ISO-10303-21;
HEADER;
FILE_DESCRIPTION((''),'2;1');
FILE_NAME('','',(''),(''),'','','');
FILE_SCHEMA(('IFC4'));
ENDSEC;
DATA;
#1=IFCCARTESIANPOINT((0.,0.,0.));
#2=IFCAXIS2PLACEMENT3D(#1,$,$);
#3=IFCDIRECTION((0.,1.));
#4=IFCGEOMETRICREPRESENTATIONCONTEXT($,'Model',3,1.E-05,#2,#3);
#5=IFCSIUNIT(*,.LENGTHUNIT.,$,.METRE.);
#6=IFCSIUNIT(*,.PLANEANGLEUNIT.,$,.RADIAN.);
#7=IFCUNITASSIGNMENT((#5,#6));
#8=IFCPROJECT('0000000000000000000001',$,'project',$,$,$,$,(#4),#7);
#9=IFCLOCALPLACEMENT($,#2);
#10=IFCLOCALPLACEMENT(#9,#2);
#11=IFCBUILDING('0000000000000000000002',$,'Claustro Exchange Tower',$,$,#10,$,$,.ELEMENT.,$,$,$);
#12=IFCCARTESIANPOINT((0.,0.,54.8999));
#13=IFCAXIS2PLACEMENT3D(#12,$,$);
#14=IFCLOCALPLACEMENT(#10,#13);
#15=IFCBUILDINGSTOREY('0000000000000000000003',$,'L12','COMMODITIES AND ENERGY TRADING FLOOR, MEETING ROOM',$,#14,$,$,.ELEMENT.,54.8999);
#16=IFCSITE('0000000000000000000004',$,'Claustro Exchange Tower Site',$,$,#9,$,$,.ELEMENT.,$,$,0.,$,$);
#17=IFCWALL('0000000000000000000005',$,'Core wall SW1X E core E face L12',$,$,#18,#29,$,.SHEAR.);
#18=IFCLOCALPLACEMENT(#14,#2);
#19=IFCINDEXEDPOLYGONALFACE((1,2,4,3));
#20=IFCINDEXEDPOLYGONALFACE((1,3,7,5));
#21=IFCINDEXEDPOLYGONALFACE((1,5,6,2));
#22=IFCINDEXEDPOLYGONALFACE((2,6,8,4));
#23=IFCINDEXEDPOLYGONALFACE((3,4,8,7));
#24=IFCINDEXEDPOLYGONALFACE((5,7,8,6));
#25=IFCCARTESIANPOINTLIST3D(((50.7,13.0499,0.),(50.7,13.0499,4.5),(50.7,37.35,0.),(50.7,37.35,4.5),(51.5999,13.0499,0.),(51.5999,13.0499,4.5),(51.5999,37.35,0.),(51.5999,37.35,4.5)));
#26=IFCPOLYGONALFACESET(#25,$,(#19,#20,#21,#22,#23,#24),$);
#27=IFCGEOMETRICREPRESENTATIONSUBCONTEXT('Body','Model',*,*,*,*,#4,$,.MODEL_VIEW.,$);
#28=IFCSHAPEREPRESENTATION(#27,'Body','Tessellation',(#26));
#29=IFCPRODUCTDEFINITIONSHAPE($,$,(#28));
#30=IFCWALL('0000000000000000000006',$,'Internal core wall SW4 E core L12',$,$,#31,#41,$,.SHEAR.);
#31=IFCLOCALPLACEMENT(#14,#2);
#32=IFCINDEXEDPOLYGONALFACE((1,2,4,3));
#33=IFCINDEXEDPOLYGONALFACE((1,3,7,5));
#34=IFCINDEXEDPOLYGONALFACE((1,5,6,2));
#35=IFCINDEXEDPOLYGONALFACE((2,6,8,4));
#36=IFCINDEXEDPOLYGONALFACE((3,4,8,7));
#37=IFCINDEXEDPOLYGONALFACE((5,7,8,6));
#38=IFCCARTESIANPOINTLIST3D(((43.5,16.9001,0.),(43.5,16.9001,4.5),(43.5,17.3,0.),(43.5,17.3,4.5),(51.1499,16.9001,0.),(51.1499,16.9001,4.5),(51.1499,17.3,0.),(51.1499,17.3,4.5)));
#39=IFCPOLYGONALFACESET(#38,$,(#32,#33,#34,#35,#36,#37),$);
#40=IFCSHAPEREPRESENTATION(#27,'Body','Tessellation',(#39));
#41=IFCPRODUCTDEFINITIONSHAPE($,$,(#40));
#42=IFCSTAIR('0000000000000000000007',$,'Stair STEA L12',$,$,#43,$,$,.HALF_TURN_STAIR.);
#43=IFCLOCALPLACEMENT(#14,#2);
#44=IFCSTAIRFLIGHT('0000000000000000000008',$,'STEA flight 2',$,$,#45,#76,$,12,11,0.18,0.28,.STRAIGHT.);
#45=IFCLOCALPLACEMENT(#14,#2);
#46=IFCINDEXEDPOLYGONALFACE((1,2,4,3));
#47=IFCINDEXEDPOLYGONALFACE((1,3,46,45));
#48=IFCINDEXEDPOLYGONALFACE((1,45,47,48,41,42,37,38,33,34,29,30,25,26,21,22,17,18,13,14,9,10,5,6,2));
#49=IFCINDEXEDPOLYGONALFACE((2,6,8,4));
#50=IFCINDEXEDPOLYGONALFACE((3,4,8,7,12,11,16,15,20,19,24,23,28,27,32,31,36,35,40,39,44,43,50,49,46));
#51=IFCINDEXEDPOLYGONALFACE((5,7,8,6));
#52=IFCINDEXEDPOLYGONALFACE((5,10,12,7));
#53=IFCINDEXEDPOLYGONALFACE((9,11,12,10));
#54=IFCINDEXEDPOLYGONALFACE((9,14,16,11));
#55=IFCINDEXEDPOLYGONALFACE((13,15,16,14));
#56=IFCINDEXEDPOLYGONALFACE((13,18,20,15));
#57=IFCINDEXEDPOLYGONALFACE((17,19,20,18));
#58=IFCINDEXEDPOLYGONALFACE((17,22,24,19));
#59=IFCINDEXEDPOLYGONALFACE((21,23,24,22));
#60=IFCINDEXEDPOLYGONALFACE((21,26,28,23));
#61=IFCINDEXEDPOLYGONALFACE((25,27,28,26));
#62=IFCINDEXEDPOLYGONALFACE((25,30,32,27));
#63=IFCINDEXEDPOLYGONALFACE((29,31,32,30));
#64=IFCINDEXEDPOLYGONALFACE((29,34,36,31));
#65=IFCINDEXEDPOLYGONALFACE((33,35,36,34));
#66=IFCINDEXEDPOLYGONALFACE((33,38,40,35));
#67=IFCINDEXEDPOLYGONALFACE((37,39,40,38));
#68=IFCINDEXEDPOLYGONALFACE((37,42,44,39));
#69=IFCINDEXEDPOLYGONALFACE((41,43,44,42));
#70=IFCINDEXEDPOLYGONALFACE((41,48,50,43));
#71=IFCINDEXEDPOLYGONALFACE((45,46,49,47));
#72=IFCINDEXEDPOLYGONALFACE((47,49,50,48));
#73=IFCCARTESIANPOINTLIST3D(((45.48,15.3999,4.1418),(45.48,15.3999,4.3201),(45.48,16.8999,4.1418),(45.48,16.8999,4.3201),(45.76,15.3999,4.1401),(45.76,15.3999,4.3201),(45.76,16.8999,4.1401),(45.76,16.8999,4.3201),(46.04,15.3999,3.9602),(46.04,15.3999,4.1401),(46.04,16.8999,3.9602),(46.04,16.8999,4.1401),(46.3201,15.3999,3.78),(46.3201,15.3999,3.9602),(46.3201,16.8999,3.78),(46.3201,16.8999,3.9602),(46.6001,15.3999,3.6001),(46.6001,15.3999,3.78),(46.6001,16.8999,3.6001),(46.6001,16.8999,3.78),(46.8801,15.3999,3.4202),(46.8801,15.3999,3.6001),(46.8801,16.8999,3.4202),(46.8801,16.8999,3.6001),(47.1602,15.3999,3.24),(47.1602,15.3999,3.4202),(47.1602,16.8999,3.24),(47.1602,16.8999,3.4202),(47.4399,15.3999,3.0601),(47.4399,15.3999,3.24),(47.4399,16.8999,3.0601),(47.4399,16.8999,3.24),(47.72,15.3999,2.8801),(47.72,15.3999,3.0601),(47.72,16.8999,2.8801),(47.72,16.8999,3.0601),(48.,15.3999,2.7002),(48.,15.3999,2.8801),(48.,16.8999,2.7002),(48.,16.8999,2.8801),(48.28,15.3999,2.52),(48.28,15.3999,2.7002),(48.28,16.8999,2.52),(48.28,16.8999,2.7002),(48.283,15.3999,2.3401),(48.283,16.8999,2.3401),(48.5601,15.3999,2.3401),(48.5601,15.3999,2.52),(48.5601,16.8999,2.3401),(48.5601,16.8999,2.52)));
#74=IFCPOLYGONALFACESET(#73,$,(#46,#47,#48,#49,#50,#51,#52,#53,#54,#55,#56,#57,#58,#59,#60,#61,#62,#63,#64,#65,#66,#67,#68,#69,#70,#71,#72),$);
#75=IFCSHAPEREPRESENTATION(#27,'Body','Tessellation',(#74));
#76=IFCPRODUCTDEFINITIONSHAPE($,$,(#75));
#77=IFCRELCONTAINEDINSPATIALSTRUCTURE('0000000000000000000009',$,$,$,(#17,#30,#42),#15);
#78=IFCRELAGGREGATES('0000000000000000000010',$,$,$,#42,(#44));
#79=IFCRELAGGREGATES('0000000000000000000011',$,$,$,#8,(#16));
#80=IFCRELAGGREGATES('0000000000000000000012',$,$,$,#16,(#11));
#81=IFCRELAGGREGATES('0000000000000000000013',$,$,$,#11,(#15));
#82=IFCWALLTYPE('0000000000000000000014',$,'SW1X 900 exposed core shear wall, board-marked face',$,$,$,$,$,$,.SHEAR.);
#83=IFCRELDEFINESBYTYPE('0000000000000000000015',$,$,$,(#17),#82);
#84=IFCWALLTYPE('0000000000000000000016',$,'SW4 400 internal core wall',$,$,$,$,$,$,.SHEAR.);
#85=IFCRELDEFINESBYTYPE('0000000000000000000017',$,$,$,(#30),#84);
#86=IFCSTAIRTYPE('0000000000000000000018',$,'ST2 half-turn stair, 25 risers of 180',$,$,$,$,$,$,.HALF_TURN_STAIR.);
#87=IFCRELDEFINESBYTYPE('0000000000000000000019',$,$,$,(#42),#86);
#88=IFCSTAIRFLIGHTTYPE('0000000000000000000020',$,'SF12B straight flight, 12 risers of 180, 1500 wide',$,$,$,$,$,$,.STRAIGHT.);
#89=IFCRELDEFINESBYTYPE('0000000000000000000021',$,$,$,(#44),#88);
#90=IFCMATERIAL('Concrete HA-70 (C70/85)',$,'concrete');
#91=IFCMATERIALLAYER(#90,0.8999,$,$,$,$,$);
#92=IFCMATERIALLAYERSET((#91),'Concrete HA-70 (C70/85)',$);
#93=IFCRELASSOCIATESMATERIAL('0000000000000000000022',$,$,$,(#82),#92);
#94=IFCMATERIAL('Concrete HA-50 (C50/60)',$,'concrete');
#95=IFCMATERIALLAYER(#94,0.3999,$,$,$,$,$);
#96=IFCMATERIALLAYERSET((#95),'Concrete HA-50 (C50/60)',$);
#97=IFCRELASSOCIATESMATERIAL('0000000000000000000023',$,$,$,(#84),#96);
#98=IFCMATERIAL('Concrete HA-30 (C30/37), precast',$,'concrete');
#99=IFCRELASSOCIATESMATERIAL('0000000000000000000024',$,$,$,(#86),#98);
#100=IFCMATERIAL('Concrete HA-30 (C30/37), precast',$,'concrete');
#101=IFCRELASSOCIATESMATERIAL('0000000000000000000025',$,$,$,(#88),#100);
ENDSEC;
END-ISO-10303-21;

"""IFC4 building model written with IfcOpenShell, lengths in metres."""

from ifc_helpers import new_model, si_unit, direction, frame, frame_2d, origin, place, context, subcontext, project, spatial, polyline, rectangle, outline, extrude, material, layer, layer_set, type_object, element, aggregate, save


model = new_model("IFC4")

# Units and contexts
model_context = context("Model", 3, precision=1e-05, world=origin(), true_north=direction((0.0, 1.0)))
body_context = subcontext(model_context, "Body", "Model", "MODEL_VIEW")
ifc_project = project(units=[si_unit("LENGTHUNIT", "METRE"), si_unit("PLANEANGLEUNIT", "RADIAN")], contexts=[model_context])

# Site, building, storey
site_placement = place(None, origin())
site = spatial("IfcSite", under=ifc_project, at=site_placement, Name="Claustro Exchange Tower Site", CompositionType="ELEMENT", RefElevation=0.0)
building_placement = place(site_placement, origin())
building = spatial("IfcBuilding", under=site, at=building_placement, Name="Claustro Exchange Tower", CompositionType="ELEMENT")
storey_placement = place(building_placement, frame((0.0, 0.0, 54.8999)))
storey = spatial("IfcBuildingStorey", under=building, at=storey_placement, Name="L12", Description="COMMODITIES AND ENERGY TRADING FLOOR, MEETING ROOM", CompositionType="ELEMENT", Elevation=54.8999)

# Walls
ifc_material_1 = material(Name="Concrete HA-70 (C70/85)", Category="concrete")
ifc_layer_1 = layer(ifc_material_1, 0.8999)
ifc_layer_set_1 = layer_set([ifc_layer_1], Name="Concrete HA-70 (C70/85)")
wall_type_1 = type_object("IfcWallType", Name="SW1X 900 exposed core shear wall, board-marked face", PredefinedType="SHEAR", material=ifc_layer_set_1)
wall_1_placement = place(storey_placement, frame((51.1499, 13.05, 0.0), z_axis=(0.0, 0.0, 1.0), x_axis=(0.0, 1.0, 0.0)))
element("IfcWall", 1, at=wall_1_placement, inside=storey, type_object=wall_type_1, Name="Core wall SW1X E core E face L12", PredefinedType="SHEAR", context=body_context, shape_type="SweptSolid", body=[
    extrude(rectangle(XDim=24.3, YDim=0.8999, at=frame_2d((12.1499, 0.0))), origin(), (0.0, 0.0, 1.0), 4.5),
])
ifc_material_2 = material(Name="Concrete HA-50 (C50/60)", Category="concrete")
ifc_layer_2 = layer(ifc_material_2, 0.3999)
ifc_layer_set_2 = layer_set([ifc_layer_2], Name="Concrete HA-50 (C50/60)")
wall_type_2 = type_object("IfcWallType", Name="SW4 400 internal core wall", PredefinedType="SHEAR", material=ifc_layer_set_2)
wall_2_placement = place(storey_placement, frame((51.1499, 17.1001, 0.0), z_axis=(0.0, 0.0, 1.0), x_axis=(-1.0, 0.0, 0.0)))
element("IfcWall", 2, at=wall_2_placement, inside=storey, type_object=wall_type_2, Name="Internal core wall SW4 E core L12", PredefinedType="SHEAR", context=body_context, shape_type="SweptSolid", body=[
    extrude(rectangle(XDim=7.6499, YDim=0.3999, at=frame_2d((3.825, 0.0))), origin(), (0.0, 0.0, 1.0), 4.5),
])

# Stair, stair flight
ifc_material_3 = material(Name="Concrete HA-30 (C30/37), precast", Category="concrete")
stair_type = type_object("IfcStairType", Name="ST2 half-turn stair, 25 risers of 180", PredefinedType="HALF_TURN_STAIR", material=ifc_material_3)
stair_placement = place(storey_placement, origin())
stair = element("IfcStair", 3, at=stair_placement, inside=storey, type_object=stair_type, Name="Stair STEA L12", PredefinedType="HALF_TURN_STAIR")
ifc_material_4 = material(Name="Concrete HA-30 (C30/37), precast", Category="concrete")
stair_flight_type = type_object("IfcStairFlightType", Name="SF12B straight flight, 12 risers of 180, 1500 wide", PredefinedType="STRAIGHT", material=ifc_material_4)
stair_flight_placement = place(storey_placement, frame((48.5601, 16.1499, 2.3401), z_axis=(0.0, 0.0, 1.0), x_axis=(-1.0, 0.0, 0.0)))
stair_flight = element("IfcStairFlight", 4, at=stair_flight_placement, type_object=stair_flight_type, Name="STEA flight 2", NumberOfRisers=12, NumberOfTreads=11, PredefinedType="STRAIGHT", RiserHeight=0.18, TreadLength=0.28, context=body_context, shape_type="SweptSolid", body=[
    extrude(outline(polyline([(0.0, 0.0), (0.0, 0.1799), (0.28, 0.1799), (0.28, 0.3601), (0.5601, 0.3601), (0.5601, 0.54), (0.8401, 0.54), (0.8401, 0.72), (1.1201, 0.72), (1.1201, 0.8999), (1.3999, 0.8999), (1.3999, 1.0801), (1.6799, 1.0801), (1.6799, 1.26), (1.96, 1.26), (1.96, 1.4399), (2.24, 1.4399), (2.24, 1.6201), (2.52, 1.6201), (2.52, 1.8), (2.8, 1.8), (2.8, 1.98), (3.0801, 1.98), (3.0801, 2.1599), (3.0801, 1.8018), (0.2771, 0.0), (0.0, 0.0)])), frame((0.0, 0.75, 0.0), z_axis=(0.0, -1.0, 0.0), x_axis=(1.0, 0.0, 0.0)), (0.0, 0.0, 1.0), 1.5),
])
aggregate(stair, [stair_flight])

save(model, "model.ifc")
